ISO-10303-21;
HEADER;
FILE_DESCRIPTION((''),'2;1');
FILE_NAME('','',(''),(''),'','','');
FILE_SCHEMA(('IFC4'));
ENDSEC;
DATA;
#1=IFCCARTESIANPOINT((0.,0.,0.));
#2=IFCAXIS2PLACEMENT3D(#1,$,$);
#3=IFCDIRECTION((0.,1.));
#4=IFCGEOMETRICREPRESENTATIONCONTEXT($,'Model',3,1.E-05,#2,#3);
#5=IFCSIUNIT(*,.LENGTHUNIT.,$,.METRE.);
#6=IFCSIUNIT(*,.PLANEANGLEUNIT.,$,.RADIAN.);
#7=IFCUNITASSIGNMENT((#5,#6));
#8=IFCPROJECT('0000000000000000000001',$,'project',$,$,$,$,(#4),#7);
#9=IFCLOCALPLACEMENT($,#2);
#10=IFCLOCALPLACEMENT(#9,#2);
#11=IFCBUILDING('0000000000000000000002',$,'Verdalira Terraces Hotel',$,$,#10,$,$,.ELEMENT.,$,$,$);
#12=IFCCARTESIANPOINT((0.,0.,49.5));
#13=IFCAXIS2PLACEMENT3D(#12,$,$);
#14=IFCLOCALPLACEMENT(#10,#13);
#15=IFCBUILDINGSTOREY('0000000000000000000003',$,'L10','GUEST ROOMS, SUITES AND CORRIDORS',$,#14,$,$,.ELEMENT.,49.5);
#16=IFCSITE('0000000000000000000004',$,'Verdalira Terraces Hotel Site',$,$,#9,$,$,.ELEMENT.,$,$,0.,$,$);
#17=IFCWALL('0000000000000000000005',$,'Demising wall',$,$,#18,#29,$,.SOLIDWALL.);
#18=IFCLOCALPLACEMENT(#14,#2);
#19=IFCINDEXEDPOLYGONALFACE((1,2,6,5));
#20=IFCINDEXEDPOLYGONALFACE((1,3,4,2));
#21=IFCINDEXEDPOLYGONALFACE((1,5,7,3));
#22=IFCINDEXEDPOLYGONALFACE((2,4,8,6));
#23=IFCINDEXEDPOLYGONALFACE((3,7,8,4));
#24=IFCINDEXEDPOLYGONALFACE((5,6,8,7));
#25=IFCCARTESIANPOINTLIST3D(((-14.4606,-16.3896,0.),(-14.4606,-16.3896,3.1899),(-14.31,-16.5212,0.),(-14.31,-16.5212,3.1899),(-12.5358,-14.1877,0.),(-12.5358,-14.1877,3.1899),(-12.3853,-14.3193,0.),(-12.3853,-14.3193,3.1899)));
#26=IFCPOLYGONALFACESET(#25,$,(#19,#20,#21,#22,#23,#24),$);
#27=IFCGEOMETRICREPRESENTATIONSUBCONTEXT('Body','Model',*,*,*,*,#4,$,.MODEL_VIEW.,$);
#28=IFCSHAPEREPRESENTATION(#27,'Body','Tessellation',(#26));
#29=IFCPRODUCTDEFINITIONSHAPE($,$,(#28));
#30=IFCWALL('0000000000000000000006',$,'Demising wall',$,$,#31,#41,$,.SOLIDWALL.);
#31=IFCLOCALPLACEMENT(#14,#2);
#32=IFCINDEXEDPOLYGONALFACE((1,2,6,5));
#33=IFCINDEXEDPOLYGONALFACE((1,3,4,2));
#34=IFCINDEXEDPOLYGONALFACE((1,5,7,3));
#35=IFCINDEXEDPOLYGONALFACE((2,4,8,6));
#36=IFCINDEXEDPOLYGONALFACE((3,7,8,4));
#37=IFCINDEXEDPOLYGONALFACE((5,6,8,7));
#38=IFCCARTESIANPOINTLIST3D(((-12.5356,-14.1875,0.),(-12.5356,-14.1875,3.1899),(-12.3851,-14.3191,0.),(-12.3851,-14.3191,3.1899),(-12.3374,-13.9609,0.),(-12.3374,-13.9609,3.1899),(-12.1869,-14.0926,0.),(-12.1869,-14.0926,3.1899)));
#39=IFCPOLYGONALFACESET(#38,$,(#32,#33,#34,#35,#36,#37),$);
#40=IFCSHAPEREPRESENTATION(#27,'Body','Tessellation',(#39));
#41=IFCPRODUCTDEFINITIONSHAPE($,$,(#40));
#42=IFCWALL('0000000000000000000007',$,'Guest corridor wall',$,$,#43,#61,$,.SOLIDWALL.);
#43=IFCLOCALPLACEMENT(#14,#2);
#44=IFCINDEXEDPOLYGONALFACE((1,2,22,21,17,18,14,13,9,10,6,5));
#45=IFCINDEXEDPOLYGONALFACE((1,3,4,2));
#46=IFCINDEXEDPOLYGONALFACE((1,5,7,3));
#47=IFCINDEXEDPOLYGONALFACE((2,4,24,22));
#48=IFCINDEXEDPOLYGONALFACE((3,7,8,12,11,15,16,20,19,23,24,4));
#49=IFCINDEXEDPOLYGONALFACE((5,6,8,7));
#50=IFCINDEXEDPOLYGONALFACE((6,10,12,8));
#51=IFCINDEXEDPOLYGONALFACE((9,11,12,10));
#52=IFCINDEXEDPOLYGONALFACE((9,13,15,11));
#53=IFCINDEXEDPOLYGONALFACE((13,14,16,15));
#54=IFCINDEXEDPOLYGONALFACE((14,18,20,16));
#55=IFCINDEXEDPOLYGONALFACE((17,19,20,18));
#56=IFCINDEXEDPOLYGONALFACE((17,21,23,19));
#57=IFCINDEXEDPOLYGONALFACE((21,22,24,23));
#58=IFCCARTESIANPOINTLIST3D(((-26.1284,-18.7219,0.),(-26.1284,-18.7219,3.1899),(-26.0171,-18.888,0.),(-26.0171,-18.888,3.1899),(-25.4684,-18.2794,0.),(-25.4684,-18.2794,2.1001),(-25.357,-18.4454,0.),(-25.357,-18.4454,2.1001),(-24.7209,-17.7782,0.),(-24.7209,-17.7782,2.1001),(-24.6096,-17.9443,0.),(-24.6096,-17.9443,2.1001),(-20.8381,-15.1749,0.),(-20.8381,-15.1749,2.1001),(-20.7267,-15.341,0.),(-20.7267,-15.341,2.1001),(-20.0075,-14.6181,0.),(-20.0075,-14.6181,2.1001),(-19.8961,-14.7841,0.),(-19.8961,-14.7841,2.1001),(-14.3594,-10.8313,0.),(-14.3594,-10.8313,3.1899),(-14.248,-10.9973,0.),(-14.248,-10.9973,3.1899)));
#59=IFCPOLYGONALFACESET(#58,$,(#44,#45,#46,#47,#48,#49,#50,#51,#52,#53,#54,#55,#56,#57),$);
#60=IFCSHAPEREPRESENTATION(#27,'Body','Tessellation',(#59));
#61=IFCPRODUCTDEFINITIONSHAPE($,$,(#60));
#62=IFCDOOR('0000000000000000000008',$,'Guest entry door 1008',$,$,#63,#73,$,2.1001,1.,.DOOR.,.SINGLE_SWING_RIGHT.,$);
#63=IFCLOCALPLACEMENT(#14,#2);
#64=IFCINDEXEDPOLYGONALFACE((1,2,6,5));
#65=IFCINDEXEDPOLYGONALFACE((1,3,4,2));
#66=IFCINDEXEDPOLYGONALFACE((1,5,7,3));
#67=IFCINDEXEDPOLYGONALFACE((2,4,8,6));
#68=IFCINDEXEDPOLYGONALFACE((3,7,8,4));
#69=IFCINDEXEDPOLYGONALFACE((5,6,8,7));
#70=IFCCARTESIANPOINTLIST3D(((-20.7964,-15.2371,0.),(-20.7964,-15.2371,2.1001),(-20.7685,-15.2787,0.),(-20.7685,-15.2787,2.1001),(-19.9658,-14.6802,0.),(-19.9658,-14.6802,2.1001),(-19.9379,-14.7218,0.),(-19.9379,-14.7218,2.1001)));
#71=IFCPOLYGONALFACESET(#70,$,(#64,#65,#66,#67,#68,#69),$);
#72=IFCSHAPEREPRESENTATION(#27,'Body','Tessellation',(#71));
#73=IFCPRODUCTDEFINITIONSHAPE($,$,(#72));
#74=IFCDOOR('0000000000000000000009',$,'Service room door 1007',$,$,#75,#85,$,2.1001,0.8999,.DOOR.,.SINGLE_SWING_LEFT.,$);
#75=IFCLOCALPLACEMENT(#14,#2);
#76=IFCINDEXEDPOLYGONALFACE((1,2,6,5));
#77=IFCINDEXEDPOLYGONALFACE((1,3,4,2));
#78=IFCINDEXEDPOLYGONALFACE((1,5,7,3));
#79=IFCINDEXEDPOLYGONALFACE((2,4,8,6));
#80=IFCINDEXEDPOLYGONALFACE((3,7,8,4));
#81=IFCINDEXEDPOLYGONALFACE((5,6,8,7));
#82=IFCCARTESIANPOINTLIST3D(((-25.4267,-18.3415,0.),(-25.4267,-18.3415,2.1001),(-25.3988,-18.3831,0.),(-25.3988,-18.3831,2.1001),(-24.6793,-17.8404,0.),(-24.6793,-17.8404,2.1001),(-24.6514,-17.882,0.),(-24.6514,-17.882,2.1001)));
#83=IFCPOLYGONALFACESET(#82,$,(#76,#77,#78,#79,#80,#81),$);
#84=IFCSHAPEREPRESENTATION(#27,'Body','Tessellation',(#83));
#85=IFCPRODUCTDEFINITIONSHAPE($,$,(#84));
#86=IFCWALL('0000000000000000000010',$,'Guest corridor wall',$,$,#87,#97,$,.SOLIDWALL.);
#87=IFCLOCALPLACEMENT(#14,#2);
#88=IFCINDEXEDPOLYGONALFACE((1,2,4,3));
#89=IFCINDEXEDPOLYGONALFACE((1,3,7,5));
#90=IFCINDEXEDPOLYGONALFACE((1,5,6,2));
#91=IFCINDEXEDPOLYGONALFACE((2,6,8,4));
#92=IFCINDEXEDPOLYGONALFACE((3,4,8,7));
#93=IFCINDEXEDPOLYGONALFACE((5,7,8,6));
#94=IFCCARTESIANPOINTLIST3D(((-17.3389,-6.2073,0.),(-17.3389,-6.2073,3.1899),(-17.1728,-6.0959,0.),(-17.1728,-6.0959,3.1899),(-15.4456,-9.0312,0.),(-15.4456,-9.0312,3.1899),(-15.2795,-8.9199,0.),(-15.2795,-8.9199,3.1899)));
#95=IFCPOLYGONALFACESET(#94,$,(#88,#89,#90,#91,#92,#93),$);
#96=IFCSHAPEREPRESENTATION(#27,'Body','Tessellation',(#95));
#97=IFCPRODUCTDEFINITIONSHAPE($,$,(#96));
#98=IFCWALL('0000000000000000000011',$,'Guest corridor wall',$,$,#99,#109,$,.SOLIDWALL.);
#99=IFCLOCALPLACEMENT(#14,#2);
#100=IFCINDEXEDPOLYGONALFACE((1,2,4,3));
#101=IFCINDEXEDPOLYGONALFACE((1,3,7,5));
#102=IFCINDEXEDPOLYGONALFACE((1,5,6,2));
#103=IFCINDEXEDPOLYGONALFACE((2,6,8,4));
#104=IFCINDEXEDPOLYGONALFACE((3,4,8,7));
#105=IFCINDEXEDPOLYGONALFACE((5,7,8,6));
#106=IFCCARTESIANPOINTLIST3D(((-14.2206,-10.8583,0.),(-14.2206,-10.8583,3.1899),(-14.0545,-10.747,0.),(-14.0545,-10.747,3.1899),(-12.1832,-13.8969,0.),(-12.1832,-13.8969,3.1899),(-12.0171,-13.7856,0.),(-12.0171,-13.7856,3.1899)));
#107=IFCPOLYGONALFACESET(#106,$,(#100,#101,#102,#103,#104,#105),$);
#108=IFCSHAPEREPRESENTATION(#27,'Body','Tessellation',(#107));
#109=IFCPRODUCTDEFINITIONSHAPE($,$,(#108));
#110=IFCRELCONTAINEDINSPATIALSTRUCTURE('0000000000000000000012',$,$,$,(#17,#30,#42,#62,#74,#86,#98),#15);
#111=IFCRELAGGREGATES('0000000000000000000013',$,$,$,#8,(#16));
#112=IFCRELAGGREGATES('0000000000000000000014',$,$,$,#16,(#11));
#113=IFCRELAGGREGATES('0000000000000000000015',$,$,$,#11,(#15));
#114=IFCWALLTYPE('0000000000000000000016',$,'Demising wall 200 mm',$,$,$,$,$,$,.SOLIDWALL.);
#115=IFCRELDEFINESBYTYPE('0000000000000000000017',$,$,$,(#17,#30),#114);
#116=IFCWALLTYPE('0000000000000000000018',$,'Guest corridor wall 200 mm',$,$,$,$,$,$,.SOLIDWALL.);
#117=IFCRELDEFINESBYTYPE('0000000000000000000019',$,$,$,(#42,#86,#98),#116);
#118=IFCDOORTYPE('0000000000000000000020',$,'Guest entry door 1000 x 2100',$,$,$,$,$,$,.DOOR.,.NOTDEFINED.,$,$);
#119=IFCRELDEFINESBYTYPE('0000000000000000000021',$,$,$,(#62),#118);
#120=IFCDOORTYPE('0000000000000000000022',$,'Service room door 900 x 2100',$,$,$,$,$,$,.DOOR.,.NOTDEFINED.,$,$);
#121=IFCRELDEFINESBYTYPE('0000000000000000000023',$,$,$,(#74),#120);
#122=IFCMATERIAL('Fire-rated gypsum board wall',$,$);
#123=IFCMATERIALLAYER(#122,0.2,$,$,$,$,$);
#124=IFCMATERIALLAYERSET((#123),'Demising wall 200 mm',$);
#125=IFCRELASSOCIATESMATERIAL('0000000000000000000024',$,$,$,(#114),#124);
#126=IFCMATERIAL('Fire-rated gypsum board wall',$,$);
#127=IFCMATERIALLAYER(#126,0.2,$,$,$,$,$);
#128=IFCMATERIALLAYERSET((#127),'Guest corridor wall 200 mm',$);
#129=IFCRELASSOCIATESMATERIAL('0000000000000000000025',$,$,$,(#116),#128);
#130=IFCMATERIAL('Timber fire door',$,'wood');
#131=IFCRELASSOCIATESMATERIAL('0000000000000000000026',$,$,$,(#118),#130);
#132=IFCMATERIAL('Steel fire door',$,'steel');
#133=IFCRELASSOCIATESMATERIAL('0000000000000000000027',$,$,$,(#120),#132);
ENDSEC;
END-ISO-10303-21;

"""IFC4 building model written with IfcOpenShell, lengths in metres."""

from ifc_helpers import new_model, si_unit, direction, frame, frame_2d, origin, place, context, subcontext, project, spatial, rectangle, extrude, material, layer, layer_set, type_object, element, fill, save


model = new_model("IFC4")

# Units and contexts
model_context = context("Model", 3, precision=1e-05, world=origin(), true_north=direction((0.0, 1.0)))
body_context = subcontext(model_context, "Body", "Model", "MODEL_VIEW")
ifc_project = project(units=[si_unit("LENGTHUNIT", "METRE"), si_unit("PLANEANGLEUNIT", "RADIAN")], contexts=[model_context])

# Site, building, storey
site_placement = place(None, origin())
site = spatial("IfcSite", under=ifc_project, at=site_placement, Name="Verdalira Terraces Hotel Site", CompositionType="ELEMENT", RefElevation=0.0)
building_placement = place(site_placement, origin())
building = spatial("IfcBuilding", under=site, at=building_placement, Name="Verdalira Terraces Hotel", CompositionType="ELEMENT")
storey_placement = place(building_placement, frame((0.0, 0.0, 49.5)))
storey = spatial("IfcBuildingStorey", under=building, at=storey_placement, Name="L10", Description="GUEST ROOMS, SUITES AND CORRIDORS", CompositionType="ELEMENT", Elevation=49.5)

# Walls
ifc_material_1 = material(Name="Fire-rated gypsum board wall")
ifc_layer_1 = layer(ifc_material_1, 0.2)
ifc_layer_set_1 = layer_set([ifc_layer_1], Name="Demising wall 200 mm")
wall_type_1 = type_object("IfcWallType", Name="Demising wall 200 mm", PredefinedType="SOLIDWALL", material=ifc_layer_set_1)
wall_1_placement = place(storey_placement, frame((-12.4604, -14.2534, 0.0), z_axis=(0.0, 0.0, 1.0), x_axis=(-0.658144, -0.752892, 0.0)))
element("IfcWall", 1, at=wall_1_placement, inside=storey, type_object=wall_type_1, Name="Demising wall", PredefinedType="SOLIDWALL", context=body_context, shape_type="SweptSolid", body=[
    extrude(rectangle(XDim=2.9246, YDim=0.2, at=frame_2d((1.4624, 0.0))), origin(), (0.0, 0.0, 1.0), 3.1899),
])
wall_2_placement = place(storey_placement, frame((-12.2622, -14.0269, 0.0), z_axis=(0.0, 0.0, 1.0), x_axis=(-0.658505, -0.752577, 0.0)))
element("IfcWall", 2, at=wall_2_placement, inside=storey, type_object=wall_type_1, Name="Demising wall", PredefinedType="SOLIDWALL", context=body_context, shape_type="SweptSolid", body=[
    extrude(rectangle(XDim=0.301, YDim=0.2, at=frame_2d((0.1504, 0.0))), origin(), (0.0, 0.0, 1.0), 3.1899),
])

# Wall, openings, doors
ifc_material_2 = material(Name="Fire-rated gypsum board wall")
ifc_layer_2 = layer(ifc_material_2, 0.2)
ifc_layer_set_2 = layer_set([ifc_layer_2], Name="Guest corridor wall 200 mm")
wall_type_2 = type_object("IfcWallType", Name="Guest corridor wall 200 mm", PredefinedType="SOLIDWALL", material=ifc_layer_set_2)
wall_3_placement = place(storey_placement, frame((-14.3037, -10.9143, 0.0), z_axis=(0.0, 0.0, 1.0), x_axis=(-0.830595, -0.556877, 0.0)))
wall_3 = element("IfcWall", 3, at=wall_3_placement, inside=storey, type_object=wall_type_2, Name="Guest corridor wall", PredefinedType="SOLIDWALL", context=body_context, shape_type="SweptSolid", body=[
    extrude(rectangle(XDim=14.1694, YDim=0.2, at=frame_2d((7.0847, 0.0))), origin(), (0.0, 0.0, 1.0), 3.1899),
])
opening_1_placement = place(wall_3_placement, frame((12.4749, 0.0, 0.0)))
opening_1 = element("IfcOpeningElement", 4, at=opening_1_placement, cuts=wall_3, PredefinedType="OPENING", context=body_context, shape_type="SweptSolid", body=[
    extrude(rectangle(XDim=0.8999, YDim=2.1001, at=frame_2d((0.45, 1.05))), frame((0.0, 0.1099, 0.0), z_axis=(0.0, -1.0, 0.0), x_axis=(1.0, 0.0, 0.0)), (0.0, 0.0, 1.0), 0.22),
])
opening_2_placement = place(wall_3_placement, frame((6.8, 0.0, 0.0)))
opening_2 = element("IfcOpeningElement", 5, at=opening_2_placement, cuts=wall_3, PredefinedType="OPENING", context=body_context, shape_type="SweptSolid", body=[
    extrude(rectangle(XDim=1.0, YDim=2.1001, at=frame_2d((0.5, 1.05))), frame((0.0, 0.1099, 0.0), z_axis=(0.0, -1.0, 0.0), x_axis=(1.0, 0.0, 0.0)), (0.0, 0.0, 1.0), 0.22),
])
ifc_material_3 = material(Name="Timber fire door", Category="wood")
door_type_1 = type_object("IfcDoorType", Name="Guest entry door 1000 x 2100", OperationType="NOTDEFINED", PredefinedType="DOOR", material=ifc_material_3)
door_1_placement = place(opening_2_placement, origin())
door_1 = element("IfcDoor", 6, at=door_1_placement, inside=storey, type_object=door_type_1, Name="Guest entry door 1008", OperationType="SINGLE_SWING_RIGHT", OverallHeight=2.1001, OverallWidth=1.0, PredefinedType="DOOR", context=body_context, shape_type="SweptSolid", body=[
    extrude(rectangle(XDim=1.0, YDim=2.1001, at=frame_2d((0.5, 1.05))), frame((0.0, 0.0249, 0.0), z_axis=(0.0, -1.0, 0.0), x_axis=(1.0, 0.0, 0.0)), (0.0, 0.0, 1.0), 0.05),
])
fill(opening_2, door_1)
ifc_material_4 = material(Name="Steel fire door", Category="steel")
door_type_2 = type_object("IfcDoorType", Name="Service room door 900 x 2100", OperationType="NOTDEFINED", PredefinedType="DOOR", material=ifc_material_4)
door_2_placement = place(opening_1_placement, origin())
door_2 = element("IfcDoor", 7, at=door_2_placement, inside=storey, type_object=door_type_2, Name="Service room door 1007", OperationType="SINGLE_SWING_LEFT", OverallHeight=2.1001, OverallWidth=0.8999, PredefinedType="DOOR", context=body_context, shape_type="SweptSolid", body=[
    extrude(rectangle(XDim=0.8999, YDim=2.1001, at=frame_2d((0.45, 1.05))), frame((0.0, 0.0249, 0.0), z_axis=(0.0, -1.0, 0.0), x_axis=(1.0, 0.0, 0.0)), (0.0, 0.0, 1.0), 0.05),
])
fill(opening_1, door_2)

# Walls
wall_4_placement = place(storey_placement, frame((-17.2559, -6.1516, 0.0), z_axis=(0.0, 0.0, 1.0), x_axis=(0.556869, -0.8306, 0.0)))
element("IfcWall", 8, at=wall_4_placement, inside=storey, type_object=wall_type_2, Name="Guest corridor wall", PredefinedType="SOLIDWALL", context=body_context, shape_type="SweptSolid", body=[
    extrude(rectangle(XDim=3.3999, YDim=0.2, at=frame_2d((1.7, 0.0))), origin(), (0.0, 0.0, 1.0), 3.1899),
])
wall_5_placement = place(storey_placement, frame((-14.1375, -10.8027, 0.0), z_axis=(0.0, 0.0, 1.0), x_axis=(0.5569, -0.830579, 0.0)))
element("IfcWall", 9, at=wall_5_placement, inside=storey, type_object=wall_type_2, Name="Guest corridor wall", PredefinedType="SOLIDWALL", context=body_context, shape_type="SweptSolid", body=[
    extrude(rectangle(XDim=3.6584, YDim=0.2, at=frame_2d((1.8291, 0.0))), origin(), (0.0, 0.0, 1.0), 3.1899),
])

save(model, "model.ifc")
